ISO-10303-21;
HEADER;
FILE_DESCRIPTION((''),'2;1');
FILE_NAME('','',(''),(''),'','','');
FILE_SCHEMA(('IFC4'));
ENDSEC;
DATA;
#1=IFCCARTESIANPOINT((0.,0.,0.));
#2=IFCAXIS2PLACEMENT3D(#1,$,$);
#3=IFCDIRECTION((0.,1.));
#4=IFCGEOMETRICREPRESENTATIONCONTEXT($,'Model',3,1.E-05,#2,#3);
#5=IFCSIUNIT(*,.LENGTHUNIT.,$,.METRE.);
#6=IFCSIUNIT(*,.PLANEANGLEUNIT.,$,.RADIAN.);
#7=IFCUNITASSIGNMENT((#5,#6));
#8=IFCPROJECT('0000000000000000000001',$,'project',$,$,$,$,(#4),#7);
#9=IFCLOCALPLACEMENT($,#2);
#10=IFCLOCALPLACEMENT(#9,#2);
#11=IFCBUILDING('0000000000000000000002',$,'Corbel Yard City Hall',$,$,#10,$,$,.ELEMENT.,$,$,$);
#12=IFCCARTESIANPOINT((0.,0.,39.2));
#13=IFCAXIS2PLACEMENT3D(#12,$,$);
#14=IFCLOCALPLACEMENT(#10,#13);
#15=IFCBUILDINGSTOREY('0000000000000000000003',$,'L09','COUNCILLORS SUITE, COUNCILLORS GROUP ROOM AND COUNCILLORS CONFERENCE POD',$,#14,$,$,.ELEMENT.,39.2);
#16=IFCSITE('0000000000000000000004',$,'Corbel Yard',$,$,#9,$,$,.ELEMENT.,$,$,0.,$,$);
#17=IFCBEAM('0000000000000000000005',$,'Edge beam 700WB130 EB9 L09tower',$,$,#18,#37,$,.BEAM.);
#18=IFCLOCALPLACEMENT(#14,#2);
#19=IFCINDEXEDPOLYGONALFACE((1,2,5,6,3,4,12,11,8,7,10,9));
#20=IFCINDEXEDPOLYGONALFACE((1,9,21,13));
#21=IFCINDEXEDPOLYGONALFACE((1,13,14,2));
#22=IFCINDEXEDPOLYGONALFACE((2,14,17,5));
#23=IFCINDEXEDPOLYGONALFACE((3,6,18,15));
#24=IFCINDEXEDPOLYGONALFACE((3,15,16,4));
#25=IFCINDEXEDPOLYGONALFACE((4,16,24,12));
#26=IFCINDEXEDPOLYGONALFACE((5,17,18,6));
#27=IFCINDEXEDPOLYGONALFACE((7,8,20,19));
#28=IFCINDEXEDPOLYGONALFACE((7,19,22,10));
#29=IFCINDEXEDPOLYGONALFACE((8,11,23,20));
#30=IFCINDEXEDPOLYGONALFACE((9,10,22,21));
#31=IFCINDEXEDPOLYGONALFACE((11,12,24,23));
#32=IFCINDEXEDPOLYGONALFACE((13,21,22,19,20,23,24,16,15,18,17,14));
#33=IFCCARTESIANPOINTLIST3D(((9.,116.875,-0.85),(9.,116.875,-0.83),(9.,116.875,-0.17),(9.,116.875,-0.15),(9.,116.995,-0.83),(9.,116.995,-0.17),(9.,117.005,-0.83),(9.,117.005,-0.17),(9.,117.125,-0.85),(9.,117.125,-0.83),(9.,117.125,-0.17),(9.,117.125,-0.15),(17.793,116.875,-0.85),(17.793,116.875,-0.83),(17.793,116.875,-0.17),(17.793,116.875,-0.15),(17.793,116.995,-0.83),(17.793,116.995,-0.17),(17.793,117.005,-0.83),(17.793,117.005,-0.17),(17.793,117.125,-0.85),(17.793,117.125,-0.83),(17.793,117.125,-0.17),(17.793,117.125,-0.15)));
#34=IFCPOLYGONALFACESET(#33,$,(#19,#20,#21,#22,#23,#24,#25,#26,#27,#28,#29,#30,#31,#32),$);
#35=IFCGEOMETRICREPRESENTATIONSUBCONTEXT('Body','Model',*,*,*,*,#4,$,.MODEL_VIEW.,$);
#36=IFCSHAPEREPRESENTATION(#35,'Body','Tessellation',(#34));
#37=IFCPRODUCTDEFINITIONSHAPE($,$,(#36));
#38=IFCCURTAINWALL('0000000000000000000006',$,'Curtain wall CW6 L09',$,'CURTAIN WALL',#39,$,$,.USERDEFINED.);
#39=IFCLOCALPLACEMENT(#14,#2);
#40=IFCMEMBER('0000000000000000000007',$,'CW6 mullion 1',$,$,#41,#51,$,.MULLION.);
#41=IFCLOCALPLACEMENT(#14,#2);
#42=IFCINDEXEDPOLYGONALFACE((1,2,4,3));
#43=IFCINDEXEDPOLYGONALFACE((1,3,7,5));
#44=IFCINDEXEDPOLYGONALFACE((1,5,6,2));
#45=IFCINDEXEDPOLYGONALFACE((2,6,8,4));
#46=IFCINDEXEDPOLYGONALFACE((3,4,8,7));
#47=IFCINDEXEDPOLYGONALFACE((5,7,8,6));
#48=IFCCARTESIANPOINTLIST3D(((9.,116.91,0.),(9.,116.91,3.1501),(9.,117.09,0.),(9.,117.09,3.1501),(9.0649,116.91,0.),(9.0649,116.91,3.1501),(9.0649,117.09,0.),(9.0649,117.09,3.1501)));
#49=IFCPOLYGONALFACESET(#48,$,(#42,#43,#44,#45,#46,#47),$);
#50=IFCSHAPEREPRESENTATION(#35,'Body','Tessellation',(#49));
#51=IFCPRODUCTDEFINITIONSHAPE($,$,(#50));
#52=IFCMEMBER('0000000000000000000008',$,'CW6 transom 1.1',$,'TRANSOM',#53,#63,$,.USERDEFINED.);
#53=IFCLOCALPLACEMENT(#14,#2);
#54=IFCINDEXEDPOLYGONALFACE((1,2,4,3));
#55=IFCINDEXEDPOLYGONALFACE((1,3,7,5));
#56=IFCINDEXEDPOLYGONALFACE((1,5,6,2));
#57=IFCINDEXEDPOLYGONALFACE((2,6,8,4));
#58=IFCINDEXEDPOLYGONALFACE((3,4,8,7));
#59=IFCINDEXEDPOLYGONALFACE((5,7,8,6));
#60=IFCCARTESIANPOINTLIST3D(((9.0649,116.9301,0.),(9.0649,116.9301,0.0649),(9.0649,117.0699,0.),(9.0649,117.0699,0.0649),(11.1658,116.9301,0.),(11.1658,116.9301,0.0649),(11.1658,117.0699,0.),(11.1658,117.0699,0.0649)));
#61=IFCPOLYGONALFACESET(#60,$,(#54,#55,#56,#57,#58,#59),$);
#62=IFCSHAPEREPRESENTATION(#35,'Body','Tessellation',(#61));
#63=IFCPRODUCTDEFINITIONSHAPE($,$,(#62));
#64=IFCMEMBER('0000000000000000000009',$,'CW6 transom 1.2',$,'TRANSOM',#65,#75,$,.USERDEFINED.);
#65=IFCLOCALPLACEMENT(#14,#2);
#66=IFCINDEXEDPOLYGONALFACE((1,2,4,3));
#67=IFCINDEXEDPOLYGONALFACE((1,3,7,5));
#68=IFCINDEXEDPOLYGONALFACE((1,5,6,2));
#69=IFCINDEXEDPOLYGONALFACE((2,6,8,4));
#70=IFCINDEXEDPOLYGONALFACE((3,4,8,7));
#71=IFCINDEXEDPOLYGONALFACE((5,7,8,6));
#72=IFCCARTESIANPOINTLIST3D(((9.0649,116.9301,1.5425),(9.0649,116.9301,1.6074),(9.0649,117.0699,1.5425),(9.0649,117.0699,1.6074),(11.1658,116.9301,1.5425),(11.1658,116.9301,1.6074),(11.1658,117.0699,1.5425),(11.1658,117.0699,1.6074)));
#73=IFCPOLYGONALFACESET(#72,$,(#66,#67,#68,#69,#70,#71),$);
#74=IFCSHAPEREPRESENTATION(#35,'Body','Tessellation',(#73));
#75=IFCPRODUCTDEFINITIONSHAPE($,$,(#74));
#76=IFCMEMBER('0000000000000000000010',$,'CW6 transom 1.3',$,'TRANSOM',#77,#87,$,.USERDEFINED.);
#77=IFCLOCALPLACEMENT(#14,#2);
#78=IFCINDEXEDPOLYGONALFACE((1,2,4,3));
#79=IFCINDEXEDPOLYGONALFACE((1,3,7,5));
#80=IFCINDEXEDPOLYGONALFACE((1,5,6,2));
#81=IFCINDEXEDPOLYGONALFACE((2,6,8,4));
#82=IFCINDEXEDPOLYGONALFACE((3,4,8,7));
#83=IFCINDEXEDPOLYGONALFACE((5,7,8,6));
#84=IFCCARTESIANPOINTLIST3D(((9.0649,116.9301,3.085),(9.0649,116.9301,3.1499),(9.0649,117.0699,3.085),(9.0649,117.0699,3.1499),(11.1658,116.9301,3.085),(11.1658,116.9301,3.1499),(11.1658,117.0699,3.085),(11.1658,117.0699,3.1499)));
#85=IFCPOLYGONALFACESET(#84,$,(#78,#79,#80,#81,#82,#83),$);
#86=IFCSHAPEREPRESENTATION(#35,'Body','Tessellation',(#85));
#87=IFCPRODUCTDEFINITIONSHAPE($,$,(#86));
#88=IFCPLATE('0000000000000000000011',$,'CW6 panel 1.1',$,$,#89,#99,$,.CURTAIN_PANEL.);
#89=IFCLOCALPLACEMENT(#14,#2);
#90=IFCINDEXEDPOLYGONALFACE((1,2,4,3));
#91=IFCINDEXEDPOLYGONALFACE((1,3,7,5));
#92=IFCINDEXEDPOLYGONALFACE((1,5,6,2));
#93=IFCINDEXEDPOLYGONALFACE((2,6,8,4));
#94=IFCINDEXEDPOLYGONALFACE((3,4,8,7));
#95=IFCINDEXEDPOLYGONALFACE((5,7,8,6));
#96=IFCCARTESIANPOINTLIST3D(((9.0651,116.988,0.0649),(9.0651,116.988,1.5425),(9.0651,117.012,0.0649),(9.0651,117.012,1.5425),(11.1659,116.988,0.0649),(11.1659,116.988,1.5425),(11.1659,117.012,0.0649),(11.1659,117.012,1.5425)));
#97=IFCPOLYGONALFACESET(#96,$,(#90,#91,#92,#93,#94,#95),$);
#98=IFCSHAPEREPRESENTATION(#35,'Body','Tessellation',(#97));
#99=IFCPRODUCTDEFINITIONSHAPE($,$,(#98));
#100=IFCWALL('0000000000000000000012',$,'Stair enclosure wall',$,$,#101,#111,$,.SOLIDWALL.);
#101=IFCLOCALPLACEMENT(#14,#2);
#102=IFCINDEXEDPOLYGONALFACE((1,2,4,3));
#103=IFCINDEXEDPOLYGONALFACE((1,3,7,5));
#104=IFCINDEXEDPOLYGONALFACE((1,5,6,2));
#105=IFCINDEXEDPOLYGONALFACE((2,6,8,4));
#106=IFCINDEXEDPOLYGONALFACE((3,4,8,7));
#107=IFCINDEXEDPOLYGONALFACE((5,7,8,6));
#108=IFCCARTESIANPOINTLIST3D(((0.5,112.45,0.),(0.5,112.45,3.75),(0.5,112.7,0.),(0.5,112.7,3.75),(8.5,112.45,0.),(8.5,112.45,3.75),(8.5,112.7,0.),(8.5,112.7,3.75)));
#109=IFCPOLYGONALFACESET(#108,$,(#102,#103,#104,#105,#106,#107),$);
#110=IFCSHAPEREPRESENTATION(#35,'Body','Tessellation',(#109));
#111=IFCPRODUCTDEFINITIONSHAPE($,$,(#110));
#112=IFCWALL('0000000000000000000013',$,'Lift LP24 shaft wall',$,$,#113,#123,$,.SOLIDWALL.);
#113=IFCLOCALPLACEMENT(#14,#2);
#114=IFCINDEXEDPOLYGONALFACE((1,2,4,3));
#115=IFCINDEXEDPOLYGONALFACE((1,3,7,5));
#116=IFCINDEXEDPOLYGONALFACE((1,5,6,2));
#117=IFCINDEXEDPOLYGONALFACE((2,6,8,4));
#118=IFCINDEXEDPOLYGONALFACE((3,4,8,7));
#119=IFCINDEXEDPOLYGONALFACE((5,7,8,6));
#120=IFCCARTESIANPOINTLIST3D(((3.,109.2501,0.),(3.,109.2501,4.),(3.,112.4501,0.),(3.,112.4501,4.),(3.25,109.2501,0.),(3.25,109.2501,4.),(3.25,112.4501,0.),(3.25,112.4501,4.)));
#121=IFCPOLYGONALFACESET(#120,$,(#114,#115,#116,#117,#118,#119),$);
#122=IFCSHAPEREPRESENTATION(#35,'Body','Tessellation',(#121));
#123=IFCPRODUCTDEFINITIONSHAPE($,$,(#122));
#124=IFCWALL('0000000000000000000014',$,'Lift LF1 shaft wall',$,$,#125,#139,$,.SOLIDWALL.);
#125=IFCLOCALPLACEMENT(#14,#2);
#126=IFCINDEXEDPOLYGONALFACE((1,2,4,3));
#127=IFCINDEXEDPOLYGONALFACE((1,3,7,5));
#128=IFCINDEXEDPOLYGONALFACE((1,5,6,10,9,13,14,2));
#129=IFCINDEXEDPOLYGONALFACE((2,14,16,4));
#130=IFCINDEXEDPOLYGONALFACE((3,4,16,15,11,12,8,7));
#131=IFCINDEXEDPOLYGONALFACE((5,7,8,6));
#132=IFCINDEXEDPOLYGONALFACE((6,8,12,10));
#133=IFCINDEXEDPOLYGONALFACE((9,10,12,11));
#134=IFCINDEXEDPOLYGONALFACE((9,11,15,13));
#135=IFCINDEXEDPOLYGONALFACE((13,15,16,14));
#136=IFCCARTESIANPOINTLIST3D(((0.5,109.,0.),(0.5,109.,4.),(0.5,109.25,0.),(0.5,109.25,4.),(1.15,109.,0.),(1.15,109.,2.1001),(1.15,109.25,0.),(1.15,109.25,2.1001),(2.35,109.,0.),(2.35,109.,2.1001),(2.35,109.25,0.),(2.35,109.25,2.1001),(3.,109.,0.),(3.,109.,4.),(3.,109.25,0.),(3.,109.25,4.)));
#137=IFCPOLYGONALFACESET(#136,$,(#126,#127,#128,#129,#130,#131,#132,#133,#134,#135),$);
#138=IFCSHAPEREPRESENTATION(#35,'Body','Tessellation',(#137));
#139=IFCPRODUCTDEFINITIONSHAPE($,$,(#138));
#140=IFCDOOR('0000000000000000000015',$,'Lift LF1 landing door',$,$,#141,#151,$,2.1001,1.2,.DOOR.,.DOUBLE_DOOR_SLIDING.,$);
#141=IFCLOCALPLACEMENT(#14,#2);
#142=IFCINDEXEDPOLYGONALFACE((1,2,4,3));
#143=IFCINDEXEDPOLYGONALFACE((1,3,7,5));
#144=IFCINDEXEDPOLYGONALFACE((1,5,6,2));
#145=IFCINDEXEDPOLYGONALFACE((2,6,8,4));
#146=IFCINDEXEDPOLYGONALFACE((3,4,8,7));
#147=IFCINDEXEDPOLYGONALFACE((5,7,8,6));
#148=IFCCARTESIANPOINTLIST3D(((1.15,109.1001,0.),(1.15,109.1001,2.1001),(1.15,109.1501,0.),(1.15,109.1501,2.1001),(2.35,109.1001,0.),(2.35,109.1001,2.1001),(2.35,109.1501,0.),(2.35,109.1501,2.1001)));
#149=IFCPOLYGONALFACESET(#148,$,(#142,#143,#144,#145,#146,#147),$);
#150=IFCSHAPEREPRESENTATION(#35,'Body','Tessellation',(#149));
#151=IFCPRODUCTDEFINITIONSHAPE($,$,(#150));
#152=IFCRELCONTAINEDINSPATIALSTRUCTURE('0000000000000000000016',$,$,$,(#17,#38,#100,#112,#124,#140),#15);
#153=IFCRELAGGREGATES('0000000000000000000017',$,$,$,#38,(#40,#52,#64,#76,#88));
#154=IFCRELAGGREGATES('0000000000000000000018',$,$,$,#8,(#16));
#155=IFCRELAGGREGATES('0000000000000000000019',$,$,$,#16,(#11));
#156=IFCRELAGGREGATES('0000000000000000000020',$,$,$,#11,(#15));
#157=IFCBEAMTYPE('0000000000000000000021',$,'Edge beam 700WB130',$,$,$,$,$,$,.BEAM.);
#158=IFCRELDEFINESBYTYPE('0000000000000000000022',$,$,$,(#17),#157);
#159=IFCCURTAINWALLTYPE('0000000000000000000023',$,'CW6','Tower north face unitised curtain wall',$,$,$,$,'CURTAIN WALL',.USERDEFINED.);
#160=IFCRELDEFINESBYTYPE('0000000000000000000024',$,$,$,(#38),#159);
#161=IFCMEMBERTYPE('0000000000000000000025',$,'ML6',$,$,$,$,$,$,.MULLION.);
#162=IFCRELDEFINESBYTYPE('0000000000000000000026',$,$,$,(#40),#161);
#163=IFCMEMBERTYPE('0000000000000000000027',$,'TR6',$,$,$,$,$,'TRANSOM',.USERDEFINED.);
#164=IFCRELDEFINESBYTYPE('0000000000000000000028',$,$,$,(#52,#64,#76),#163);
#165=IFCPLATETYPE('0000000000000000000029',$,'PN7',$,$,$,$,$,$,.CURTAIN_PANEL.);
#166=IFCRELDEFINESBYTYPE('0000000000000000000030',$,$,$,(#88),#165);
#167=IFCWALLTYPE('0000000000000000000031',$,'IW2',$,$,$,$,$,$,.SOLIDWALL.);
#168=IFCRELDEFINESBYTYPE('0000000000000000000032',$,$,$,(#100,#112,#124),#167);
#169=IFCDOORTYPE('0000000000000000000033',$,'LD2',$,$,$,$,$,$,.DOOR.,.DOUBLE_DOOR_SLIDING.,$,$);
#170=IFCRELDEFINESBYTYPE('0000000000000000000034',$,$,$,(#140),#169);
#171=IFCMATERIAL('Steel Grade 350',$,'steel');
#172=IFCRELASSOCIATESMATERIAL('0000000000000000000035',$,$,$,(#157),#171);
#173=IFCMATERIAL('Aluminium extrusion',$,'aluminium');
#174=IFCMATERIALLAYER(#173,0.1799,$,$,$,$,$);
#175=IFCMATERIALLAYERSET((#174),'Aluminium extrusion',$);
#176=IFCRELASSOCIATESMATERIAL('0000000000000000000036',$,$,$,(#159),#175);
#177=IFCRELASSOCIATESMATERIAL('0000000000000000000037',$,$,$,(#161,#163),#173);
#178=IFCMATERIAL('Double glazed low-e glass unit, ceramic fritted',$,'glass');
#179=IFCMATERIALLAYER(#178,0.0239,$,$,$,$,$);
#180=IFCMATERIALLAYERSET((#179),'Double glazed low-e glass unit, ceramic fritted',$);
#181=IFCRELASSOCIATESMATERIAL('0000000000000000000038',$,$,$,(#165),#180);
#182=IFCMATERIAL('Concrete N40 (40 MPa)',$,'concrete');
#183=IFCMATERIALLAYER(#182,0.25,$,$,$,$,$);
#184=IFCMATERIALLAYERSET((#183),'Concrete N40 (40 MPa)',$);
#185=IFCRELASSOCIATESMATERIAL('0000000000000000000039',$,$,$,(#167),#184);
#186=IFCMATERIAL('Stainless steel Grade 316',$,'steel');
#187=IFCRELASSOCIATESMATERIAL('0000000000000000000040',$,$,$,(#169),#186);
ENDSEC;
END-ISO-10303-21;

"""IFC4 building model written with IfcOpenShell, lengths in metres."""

from ifc_helpers import new_model, si_unit, direction, frame, frame_2d, origin, origin_2d, place, context, subcontext, project, spatial, rectangle, i_section, extrude, material, layer, layer_set, material_profile, profile_set, type_object, element, fill, aggregate, save


model = new_model("IFC4")

# Units and contexts
model_context = context("Model", 3, precision=1e-05, world=origin(), true_north=direction((0.0, 1.0)))
body_context = subcontext(model_context, "Body", "Model", "MODEL_VIEW")
ifc_project = project(units=[si_unit("LENGTHUNIT", "METRE"), si_unit("PLANEANGLEUNIT", "RADIAN")], contexts=[model_context])

# Site, building, storey
site_placement = place(None, origin())
site = spatial("IfcSite", under=ifc_project, at=site_placement, Name="Corbel Yard", CompositionType="ELEMENT", RefElevation=0.0)
building_placement = place(site_placement, origin())
building = spatial("IfcBuilding", under=site, at=building_placement, Name="Corbel Yard City Hall", CompositionType="ELEMENT")
storey_placement = place(building_placement, frame((0.0, 0.0, 39.2)))
storey = spatial("IfcBuildingStorey", under=building, at=storey_placement, Name="L09", Description="COUNCILLORS SUITE, COUNCILLORS GROUP ROOM AND COUNCILLORS CONFERENCE POD", CompositionType="ELEMENT", Elevation=39.2)

# Beam
ifc_material_1 = material(Name="Steel Grade 350", Category="steel")
ifc_material_profile_1 = material_profile(ifc_material_1, i_section(OverallWidth=0.25, OverallDepth=0.7, WebThickness=0.01, FlangeThickness=0.02, at=origin_2d()), Name="700WB130")
ifc_profile_set_1 = profile_set([ifc_material_profile_1], Name="Steel Grade 350")
beam_type = type_object("IfcBeamType", Name="Edge beam 700WB130", PredefinedType="BEAM", material=ifc_profile_set_1)
beam_placement = place(storey_placement, frame((9.0, 117.0, -0.5), z_axis=(1.0, 0.0, 0.0), x_axis=(0.0, 1.0, 0.0)))
element("IfcBeam", 1, at=beam_placement, inside=storey, type_object=beam_type, Name="Edge beam 700WB130 EB9 L09tower", PredefinedType="BEAM", context=body_context, shape_type="SweptSolid", body=[
    extrude(i_section(OverallWidth=0.25, OverallDepth=0.7, WebThickness=0.01, FlangeThickness=0.02, at=origin_2d()), origin(), (0.0, 0.0, 1.0), 8.793),
])

# Curtain wall, members, plate
ifc_material_2 = material(Name="Aluminium extrusion", Category="aluminium")
ifc_layer_1 = layer(ifc_material_2, 0.1799)
ifc_layer_set_1 = layer_set([ifc_layer_1], Name="Aluminium extrusion")
curtain_wall_type = type_object("IfcCurtainWallType", Name="CW6", Description="Tower north face unitised curtain wall", ElementType="CURTAIN WALL", PredefinedType="USERDEFINED", material=ifc_layer_set_1)
curtain_wall_placement = place(storey_placement, origin())
curtain_wall = element("IfcCurtainWall", 2, at=curtain_wall_placement, inside=storey, type_object=curtain_wall_type, Name="Curtain wall CW6 L09", ObjectType="CURTAIN WALL", PredefinedType="USERDEFINED")
ifc_material_profile_2 = material_profile(ifc_material_2, rectangle(XDim=0.1799, YDim=0.0649, at=origin_2d()), Name="180x65")
ifc_profile_set_2 = profile_set([ifc_material_profile_2], Name="Aluminium extrusion")
member_type_1 = type_object("IfcMemberType", Name="ML6", PredefinedType="MULLION", material=ifc_profile_set_2)
member_1_placement = place(storey_placement, frame((9.0325, 117.0, 0.0), z_axis=(0.0, 0.0, 1.0), x_axis=(0.0, 1.0, 0.0)))
member_1 = element("IfcMember", 3, at=member_1_placement, type_object=member_type_1, Name="CW6 mullion 1", PredefinedType="MULLION", context=body_context, shape_type="SweptSolid", body=[
    extrude(rectangle(XDim=0.1799, YDim=0.0649, at=origin_2d()), origin(), (0.0, 0.0, 1.0), 3.1501),
])
ifc_material_profile_3 = material_profile(ifc_material_2, rectangle(XDim=0.1399, YDim=0.0649, at=origin_2d()), Name="140x65")
ifc_profile_set_3 = profile_set([ifc_material_profile_3], Name="Aluminium extrusion")
member_type_2 = type_object("IfcMemberType", Name="TR6", ElementType="TRANSOM", PredefinedType="USERDEFINED", material=ifc_profile_set_3)
member_2_placement = place(storey_placement, frame((9.0649, 117.0, 0.0325), z_axis=(1.0, 0.0, 0.0), x_axis=(0.0, 1.0, 0.0)))
member_2 = element("IfcMember", 4, at=member_2_placement, type_object=member_type_2, Name="CW6 transom 1.1", ObjectType="TRANSOM", PredefinedType="USERDEFINED", context=body_context, shape_type="SweptSolid", body=[
    extrude(rectangle(XDim=0.1399, YDim=0.0649, at=origin_2d()), origin(), (0.0, 0.0, 1.0), 2.1008),
])
member_3_placement = place(storey_placement, frame((9.0649, 117.0, 1.575), z_axis=(1.0, 0.0, 0.0), x_axis=(0.0, 1.0, 0.0)))
member_3 = element("IfcMember", 5, at=member_3_placement, type_object=member_type_2, Name="CW6 transom 1.2", ObjectType="TRANSOM", PredefinedType="USERDEFINED", context=body_context, shape_type="SweptSolid", body=[
    extrude(rectangle(XDim=0.1399, YDim=0.0649, at=origin_2d()), origin(), (0.0, 0.0, 1.0), 2.1008),
])
member_4_placement = place(storey_placement, frame((9.0649, 117.0, 3.1174), z_axis=(1.0, 0.0, 0.0), x_axis=(0.0, 1.0, 0.0)))
member_4 = element("IfcMember", 6, at=member_4_placement, type_object=member_type_2, Name="CW6 transom 1.3", ObjectType="TRANSOM", PredefinedType="USERDEFINED", context=body_context, shape_type="SweptSolid", body=[
    extrude(rectangle(XDim=0.1399, YDim=0.0649, at=origin_2d()), origin(), (0.0, 0.0, 1.0), 2.1008),
])
ifc_material_3 = material(Name="Double glazed low-e glass unit, ceramic fritted", Category="glass")
ifc_layer_2 = layer(ifc_material_3, 0.0239)
ifc_layer_set_2 = layer_set([ifc_layer_2], Name="Double glazed low-e glass unit, ceramic fritted")
plate_type = type_object("IfcPlateType", Name="PN7", PredefinedType="CURTAIN_PANEL", material=ifc_layer_set_2)
plate_placement = place(storey_placement, frame((10.1155, 117.0, 0.0649), z_axis=(0.0, 0.0, 1.0), x_axis=(1.0, 0.0, 0.0)))
plate = element("IfcPlate", 7, at=plate_placement, type_object=plate_type, Name="CW6 panel 1.1", PredefinedType="CURTAIN_PANEL", context=body_context, shape_type="SweptSolid", body=[
    extrude(rectangle(XDim=2.1008, YDim=0.0239, at=origin_2d()), origin(), (0.0, 0.0, 1.0), 1.4775),
])
aggregate(curtain_wall, [member_1, member_2, member_3, member_4, plate])

# Walls
ifc_material_4 = material(Name="Concrete N40 (40 MPa)", Category="concrete")
ifc_layer_3 = layer(ifc_material_4, 0.25)
ifc_layer_set_3 = layer_set([ifc_layer_3], Name="Concrete N40 (40 MPa)")
wall_type_1 = type_object("IfcWallType", Name="IW2", PredefinedType="SOLIDWALL", material=ifc_layer_set_3)
wall_1_placement = place(storey_placement, frame((8.5, 112.575, 0.0), z_axis=(0.0, 0.0, 1.0), x_axis=(-1.0, 0.0, 0.0)))
element("IfcWall", 8, at=wall_1_placement, inside=storey, type_object=wall_type_1, Name="Stair enclosure wall", PredefinedType="SOLIDWALL", context=body_context, shape_type="SweptSolid", body=[
    extrude(rectangle(XDim=8.0, YDim=0.25, at=frame_2d((4.0, 0.0))), origin(), (0.0, 0.0, 1.0), 3.75),
])
wall_2_placement = place(storey_placement, frame((3.125, 109.25, 0.0), z_axis=(0.0, 0.0, 1.0), x_axis=(0.0, 1.0, 0.0)))
element("IfcWall", 9, at=wall_2_placement, inside=storey, type_object=wall_type_1, Name="Lift LP24 shaft wall", PredefinedType="SOLIDWALL", context=body_context, shape_type="SweptSolid", body=[
    extrude(rectangle(XDim=3.2, YDim=0.25, at=frame_2d((1.6001, 0.0))), origin(), (0.0, 0.0, 1.0), 4.0),
])

# Wall, opening, door
wall_3_placement = place(storey_placement, frame((3.0, 109.125, 0.0), z_axis=(0.0, 0.0, 1.0), x_axis=(-1.0, 0.0, 0.0)))
wall_3 = element("IfcWall", 10, at=wall_3_placement, inside=storey, type_object=wall_type_1, Name="Lift LF1 shaft wall", PredefinedType="SOLIDWALL", context=body_context, shape_type="SweptSolid", body=[
    extrude(rectangle(XDim=2.5, YDim=0.25, at=frame_2d((1.25, 0.0))), origin(), (0.0, 0.0, 1.0), 4.0),
])
opening_1_placement = place(wall_3_placement, frame((0.6499, 0.0, 0.0)))
opening_1 = element("IfcOpeningElement", 11, at=opening_1_placement, cuts=wall_3, PredefinedType="OPENING", context=body_context, shape_type="SweptSolid", body=[
    extrude(rectangle(XDim=1.2, YDim=2.1001, at=frame_2d((0.6001, 1.05))), frame((0.0, 0.135, 0.0), z_axis=(0.0, -1.0, 0.0), x_axis=(1.0, 0.0, 0.0)), (0.0, 0.0, 1.0), 0.27),
])
ifc_material_5 = material(Name="Stainless steel Grade 316", Category="steel")
door_type_1 = type_object("IfcDoorType", Name="LD2", OperationType="DOUBLE_DOOR_SLIDING", PredefinedType="DOOR", material=ifc_material_5)
door_1_placement = place(opening_1_placement, origin())
door_1 = element("IfcDoor", 12, at=door_1_placement, inside=storey, type_object=door_type_1, Name="Lift LF1 landing door", OperationType="DOUBLE_DOOR_SLIDING", OverallHeight=2.1001, OverallWidth=1.2, PredefinedType="DOOR", context=body_context, shape_type="SweptSolid", body=[
    extrude(rectangle(XDim=1.2, YDim=2.1001, at=frame_2d((0.6001, 1.05))), frame((0.0, 0.0249, 0.0), z_axis=(0.0, -1.0, 0.0), x_axis=(1.0, 0.0, 0.0)), (0.0, 0.0, 1.0), 0.05),
])
fill(opening_1, door_1)

save(model, "model.ifc")
